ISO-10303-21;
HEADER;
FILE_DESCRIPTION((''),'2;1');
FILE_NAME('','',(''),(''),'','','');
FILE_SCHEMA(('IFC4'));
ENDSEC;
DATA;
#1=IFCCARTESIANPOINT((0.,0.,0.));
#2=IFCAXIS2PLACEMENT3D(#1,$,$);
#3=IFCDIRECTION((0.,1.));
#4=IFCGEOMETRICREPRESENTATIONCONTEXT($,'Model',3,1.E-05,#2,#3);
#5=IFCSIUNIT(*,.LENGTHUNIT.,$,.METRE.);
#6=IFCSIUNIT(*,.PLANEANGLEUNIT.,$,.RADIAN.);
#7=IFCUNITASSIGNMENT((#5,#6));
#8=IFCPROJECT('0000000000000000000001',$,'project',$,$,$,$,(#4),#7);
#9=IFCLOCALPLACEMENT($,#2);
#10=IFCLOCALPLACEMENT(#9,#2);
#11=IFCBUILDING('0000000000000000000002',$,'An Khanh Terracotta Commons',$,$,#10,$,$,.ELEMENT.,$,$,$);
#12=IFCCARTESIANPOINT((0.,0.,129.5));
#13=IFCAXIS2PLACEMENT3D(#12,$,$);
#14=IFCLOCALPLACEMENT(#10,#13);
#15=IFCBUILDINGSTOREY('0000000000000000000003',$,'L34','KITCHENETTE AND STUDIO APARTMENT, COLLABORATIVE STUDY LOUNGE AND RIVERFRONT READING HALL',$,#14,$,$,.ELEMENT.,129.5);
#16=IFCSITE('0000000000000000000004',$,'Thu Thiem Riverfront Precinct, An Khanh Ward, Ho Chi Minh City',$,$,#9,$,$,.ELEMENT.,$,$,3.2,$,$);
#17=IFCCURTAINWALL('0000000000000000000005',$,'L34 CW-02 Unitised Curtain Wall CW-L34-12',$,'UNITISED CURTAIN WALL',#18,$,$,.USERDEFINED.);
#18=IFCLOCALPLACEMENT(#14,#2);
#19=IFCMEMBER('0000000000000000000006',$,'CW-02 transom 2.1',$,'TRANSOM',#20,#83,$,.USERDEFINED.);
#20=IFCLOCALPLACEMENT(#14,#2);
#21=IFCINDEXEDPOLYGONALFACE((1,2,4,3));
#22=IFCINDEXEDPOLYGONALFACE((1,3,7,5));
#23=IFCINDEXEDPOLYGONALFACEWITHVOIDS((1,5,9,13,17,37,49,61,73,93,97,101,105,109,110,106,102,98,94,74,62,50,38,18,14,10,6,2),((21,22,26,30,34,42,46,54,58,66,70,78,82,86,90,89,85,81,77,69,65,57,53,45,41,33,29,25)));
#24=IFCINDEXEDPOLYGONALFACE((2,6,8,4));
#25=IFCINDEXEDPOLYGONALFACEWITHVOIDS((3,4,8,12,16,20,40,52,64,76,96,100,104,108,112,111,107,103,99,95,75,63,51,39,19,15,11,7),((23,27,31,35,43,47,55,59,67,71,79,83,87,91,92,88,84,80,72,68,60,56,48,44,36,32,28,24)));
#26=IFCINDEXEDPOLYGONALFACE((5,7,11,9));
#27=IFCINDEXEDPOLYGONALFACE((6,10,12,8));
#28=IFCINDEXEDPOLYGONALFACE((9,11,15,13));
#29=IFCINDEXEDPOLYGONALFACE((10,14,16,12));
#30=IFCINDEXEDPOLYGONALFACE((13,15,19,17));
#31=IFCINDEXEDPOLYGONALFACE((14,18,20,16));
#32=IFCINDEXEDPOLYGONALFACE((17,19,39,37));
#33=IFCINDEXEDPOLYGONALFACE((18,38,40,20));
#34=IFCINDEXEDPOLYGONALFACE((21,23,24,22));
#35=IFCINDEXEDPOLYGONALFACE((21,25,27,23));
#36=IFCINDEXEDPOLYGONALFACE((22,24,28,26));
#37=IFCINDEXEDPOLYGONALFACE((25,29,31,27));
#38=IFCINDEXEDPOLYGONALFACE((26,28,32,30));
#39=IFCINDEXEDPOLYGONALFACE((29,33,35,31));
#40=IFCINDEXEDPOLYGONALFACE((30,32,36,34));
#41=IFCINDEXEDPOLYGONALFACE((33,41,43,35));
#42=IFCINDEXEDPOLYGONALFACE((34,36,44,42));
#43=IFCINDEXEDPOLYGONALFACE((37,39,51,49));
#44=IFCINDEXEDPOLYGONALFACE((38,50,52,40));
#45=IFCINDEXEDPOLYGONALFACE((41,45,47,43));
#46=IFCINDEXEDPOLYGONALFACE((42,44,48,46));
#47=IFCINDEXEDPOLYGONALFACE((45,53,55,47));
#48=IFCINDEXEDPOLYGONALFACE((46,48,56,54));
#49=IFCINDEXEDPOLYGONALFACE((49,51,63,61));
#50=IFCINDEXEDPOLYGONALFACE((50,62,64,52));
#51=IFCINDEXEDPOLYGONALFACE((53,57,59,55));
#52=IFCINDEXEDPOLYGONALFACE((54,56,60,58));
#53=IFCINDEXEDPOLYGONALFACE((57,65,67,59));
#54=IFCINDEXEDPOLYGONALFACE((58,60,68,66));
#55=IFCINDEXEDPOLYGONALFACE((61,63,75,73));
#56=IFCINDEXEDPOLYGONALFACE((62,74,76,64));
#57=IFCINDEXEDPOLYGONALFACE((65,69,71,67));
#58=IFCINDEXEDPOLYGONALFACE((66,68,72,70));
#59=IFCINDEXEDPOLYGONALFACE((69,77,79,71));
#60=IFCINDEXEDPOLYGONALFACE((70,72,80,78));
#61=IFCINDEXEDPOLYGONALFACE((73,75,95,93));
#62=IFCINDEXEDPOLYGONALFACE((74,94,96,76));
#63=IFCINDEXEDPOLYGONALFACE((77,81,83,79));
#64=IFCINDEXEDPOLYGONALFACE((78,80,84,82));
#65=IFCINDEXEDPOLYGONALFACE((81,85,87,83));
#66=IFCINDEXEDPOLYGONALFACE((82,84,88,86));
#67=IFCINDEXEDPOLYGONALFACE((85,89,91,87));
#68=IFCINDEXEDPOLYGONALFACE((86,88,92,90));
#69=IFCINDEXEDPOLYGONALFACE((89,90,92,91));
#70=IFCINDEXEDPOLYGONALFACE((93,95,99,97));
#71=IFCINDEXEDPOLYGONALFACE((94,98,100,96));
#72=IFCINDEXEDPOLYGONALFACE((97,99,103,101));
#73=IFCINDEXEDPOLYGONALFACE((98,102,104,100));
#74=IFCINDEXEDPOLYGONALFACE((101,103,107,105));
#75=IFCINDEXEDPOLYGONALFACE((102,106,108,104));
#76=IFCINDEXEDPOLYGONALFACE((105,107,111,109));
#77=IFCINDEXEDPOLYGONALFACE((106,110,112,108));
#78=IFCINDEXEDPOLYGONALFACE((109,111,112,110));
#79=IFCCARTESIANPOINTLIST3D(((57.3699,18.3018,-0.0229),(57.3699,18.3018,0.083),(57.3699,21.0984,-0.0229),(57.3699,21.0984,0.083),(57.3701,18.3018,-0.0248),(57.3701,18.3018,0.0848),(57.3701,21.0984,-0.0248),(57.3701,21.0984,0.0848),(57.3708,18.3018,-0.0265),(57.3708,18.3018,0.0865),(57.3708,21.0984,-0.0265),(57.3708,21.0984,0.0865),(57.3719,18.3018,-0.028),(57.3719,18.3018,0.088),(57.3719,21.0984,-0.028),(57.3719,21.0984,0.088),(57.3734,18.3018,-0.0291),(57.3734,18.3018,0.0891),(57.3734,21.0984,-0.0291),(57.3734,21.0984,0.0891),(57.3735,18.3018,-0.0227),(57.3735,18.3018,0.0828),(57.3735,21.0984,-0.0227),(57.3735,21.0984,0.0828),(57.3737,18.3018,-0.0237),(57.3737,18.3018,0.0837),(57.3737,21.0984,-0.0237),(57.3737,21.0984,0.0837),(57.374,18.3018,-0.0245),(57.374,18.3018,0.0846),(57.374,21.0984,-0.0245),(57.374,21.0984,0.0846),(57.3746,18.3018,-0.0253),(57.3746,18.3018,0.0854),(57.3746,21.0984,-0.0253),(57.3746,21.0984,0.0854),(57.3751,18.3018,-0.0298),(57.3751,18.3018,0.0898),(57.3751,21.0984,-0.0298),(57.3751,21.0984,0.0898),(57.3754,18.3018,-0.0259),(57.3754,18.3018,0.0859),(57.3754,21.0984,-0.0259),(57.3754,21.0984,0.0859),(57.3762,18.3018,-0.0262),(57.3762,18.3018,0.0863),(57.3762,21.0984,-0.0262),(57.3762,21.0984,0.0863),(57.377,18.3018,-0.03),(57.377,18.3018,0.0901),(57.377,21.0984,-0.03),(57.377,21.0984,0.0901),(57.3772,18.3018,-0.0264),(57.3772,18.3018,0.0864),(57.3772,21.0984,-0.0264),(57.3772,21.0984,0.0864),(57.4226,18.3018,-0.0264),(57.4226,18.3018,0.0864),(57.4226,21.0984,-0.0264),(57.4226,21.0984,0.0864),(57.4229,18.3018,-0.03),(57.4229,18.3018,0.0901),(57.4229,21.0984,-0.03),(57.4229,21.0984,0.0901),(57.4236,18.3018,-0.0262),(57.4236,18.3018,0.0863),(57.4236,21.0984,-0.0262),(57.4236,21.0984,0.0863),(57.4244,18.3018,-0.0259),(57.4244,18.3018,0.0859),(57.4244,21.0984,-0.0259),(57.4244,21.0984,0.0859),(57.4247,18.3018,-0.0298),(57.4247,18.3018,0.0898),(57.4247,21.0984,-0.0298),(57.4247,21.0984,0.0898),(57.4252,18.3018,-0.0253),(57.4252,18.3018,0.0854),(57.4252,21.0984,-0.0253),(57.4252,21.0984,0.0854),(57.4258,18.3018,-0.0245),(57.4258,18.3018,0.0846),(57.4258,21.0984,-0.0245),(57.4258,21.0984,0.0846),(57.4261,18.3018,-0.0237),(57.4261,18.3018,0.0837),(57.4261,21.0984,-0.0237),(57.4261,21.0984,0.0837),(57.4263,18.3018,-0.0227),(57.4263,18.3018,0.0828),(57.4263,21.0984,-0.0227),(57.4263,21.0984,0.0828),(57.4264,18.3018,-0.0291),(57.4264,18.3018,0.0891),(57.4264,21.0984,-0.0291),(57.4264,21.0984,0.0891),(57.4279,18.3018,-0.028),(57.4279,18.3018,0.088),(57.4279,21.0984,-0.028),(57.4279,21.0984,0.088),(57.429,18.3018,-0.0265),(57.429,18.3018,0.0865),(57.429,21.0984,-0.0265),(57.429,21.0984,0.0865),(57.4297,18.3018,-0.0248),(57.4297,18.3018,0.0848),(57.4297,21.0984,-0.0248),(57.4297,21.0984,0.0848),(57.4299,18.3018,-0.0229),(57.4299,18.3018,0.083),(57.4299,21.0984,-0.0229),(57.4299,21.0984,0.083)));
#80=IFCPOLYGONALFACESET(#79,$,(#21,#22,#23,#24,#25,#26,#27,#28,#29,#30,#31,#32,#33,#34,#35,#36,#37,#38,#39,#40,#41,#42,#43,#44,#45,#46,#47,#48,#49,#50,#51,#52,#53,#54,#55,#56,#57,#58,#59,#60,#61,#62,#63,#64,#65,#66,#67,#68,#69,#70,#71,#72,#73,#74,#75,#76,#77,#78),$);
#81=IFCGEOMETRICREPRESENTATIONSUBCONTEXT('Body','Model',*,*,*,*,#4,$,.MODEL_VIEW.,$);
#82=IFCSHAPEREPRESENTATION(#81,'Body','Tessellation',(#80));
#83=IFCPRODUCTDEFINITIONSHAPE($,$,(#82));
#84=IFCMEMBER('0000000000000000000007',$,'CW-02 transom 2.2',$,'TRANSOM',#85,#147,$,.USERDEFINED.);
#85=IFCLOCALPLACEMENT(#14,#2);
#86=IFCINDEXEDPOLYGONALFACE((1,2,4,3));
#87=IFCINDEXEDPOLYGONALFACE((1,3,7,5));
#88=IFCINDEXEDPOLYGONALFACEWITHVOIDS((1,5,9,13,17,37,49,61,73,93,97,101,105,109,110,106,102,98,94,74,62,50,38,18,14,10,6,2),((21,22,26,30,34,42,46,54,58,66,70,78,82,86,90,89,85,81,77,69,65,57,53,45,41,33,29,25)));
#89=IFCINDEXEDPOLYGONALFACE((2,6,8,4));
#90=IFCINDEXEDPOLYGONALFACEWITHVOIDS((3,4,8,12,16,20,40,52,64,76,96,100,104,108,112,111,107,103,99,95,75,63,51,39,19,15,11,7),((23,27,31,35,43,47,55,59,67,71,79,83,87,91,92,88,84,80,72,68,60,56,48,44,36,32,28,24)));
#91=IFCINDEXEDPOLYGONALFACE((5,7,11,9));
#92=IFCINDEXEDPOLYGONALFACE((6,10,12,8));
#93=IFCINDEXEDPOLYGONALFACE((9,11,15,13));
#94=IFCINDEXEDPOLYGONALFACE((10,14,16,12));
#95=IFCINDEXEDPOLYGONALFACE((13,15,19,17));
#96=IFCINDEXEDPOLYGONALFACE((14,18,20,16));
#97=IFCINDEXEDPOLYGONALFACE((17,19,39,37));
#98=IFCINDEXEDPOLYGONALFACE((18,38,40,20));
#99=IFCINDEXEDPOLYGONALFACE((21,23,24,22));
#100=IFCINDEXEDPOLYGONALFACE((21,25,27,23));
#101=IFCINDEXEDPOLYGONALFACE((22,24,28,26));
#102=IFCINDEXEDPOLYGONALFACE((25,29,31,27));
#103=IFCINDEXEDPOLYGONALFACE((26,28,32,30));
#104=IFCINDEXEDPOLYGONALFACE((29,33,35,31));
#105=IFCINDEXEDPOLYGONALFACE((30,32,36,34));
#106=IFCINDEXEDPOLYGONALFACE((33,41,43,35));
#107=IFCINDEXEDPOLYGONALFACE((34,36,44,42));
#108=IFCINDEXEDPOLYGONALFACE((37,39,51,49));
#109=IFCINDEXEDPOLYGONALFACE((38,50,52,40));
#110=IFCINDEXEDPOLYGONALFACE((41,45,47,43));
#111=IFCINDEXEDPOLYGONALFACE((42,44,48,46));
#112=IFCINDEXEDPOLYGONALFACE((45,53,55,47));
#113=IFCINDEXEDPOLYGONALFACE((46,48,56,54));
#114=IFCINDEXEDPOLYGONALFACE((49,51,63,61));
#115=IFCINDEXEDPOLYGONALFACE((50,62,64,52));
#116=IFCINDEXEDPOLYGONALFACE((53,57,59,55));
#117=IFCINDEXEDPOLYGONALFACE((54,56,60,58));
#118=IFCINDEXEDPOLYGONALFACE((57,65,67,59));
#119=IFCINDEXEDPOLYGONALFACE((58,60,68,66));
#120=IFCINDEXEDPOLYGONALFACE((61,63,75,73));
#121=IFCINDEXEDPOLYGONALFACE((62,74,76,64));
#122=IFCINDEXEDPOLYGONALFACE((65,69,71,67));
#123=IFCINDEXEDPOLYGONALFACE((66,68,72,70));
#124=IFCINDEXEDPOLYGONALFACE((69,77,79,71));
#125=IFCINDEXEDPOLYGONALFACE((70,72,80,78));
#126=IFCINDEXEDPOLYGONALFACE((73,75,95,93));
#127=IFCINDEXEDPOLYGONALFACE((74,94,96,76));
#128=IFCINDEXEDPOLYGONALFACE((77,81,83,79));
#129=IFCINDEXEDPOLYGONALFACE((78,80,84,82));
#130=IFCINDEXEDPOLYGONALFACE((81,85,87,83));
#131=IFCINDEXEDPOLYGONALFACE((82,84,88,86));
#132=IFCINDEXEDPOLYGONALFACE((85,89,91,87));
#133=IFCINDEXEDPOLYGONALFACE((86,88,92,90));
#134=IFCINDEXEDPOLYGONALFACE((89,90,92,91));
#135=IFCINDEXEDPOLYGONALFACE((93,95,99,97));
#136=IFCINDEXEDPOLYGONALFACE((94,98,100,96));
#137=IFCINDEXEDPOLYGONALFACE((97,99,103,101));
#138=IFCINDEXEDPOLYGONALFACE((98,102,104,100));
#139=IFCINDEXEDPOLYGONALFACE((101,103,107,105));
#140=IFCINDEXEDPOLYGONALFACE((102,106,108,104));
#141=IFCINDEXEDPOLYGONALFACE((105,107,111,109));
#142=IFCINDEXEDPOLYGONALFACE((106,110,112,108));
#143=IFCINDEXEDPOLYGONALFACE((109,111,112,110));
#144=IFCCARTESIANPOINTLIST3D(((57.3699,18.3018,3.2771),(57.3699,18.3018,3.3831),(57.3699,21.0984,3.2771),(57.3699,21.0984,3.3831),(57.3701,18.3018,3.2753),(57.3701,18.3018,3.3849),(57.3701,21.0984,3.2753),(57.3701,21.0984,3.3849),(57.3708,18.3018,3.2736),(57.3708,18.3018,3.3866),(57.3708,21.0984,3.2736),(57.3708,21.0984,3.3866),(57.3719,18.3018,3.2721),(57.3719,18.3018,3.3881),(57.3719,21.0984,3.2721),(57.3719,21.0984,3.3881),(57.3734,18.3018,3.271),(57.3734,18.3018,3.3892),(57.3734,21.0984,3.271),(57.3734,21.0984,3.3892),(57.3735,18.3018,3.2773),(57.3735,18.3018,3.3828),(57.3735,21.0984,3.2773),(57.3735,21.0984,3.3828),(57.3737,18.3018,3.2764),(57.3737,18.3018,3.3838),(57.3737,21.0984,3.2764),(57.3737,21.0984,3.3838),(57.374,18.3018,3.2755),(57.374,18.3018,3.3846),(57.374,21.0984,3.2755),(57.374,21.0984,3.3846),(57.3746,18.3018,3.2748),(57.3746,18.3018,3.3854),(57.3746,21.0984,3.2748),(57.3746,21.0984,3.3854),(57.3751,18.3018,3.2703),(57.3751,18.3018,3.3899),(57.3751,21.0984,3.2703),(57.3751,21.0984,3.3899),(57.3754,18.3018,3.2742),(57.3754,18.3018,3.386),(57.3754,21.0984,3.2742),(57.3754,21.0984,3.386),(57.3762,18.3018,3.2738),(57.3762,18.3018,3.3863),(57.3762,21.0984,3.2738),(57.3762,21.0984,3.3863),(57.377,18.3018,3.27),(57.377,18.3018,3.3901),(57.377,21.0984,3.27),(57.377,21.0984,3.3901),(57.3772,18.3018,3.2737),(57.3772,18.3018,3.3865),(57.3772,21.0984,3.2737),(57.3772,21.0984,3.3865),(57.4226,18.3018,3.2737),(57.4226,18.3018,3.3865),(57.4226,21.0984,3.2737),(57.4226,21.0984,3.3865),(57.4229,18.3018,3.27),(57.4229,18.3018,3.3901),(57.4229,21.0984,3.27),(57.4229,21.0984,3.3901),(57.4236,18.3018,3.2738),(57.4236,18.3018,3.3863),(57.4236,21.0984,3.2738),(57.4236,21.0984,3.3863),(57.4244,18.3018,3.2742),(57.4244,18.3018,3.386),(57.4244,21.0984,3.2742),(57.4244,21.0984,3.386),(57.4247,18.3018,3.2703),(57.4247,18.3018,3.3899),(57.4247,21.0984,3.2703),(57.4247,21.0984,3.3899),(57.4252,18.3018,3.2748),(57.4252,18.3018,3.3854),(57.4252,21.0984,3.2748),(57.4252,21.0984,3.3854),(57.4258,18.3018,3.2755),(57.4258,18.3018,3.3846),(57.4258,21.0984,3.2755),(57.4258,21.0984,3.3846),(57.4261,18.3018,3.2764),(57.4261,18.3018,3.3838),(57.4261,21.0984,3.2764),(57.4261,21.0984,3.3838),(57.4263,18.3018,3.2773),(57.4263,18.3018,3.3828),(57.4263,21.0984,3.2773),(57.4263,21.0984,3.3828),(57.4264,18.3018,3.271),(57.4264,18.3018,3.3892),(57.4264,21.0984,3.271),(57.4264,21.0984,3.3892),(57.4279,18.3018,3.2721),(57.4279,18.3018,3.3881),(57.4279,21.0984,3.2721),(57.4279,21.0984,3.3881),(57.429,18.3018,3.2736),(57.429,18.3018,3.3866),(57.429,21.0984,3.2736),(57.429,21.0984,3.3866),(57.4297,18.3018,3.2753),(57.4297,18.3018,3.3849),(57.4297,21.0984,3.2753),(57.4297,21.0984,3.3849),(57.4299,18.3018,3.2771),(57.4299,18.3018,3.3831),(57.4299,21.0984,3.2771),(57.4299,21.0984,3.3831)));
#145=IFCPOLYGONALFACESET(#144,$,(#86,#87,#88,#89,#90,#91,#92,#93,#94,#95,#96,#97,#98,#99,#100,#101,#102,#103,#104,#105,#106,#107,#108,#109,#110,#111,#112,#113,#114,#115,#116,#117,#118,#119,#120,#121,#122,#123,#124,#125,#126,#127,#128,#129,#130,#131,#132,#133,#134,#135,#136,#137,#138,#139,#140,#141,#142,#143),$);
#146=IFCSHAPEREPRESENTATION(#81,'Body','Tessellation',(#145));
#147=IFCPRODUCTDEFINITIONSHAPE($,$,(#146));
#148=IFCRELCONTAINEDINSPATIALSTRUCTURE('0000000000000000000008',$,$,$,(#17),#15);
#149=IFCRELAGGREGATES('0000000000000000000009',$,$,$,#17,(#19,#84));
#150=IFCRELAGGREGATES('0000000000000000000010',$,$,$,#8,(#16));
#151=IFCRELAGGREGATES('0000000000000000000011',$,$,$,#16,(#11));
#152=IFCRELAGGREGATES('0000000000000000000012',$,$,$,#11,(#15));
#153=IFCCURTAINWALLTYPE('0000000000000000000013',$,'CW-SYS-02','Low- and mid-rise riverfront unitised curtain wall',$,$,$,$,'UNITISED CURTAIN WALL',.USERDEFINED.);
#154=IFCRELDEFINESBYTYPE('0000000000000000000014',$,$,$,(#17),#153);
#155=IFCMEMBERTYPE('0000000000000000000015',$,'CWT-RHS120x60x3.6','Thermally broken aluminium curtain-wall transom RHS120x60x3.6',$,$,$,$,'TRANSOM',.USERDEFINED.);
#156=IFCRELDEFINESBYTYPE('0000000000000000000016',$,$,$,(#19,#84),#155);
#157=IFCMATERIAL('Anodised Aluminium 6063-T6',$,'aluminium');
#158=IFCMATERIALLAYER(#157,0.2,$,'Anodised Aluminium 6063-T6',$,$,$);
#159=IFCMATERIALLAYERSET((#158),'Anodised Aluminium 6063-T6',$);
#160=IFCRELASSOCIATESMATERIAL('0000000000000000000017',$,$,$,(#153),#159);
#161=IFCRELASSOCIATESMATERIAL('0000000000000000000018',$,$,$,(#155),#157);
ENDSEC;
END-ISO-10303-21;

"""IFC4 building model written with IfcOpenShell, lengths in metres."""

from ifc_helpers import new_model, si_unit, direction, frame, origin, origin_2d, place, context, subcontext, project, spatial, hollow_rectangle, extrude, material, layer, layer_set, material_profile, profile_set, type_object, element, aggregate, save


model = new_model("IFC4")

# Units and contexts
model_context = context("Model", 3, precision=1e-05, world=origin(), true_north=direction((0.0, 1.0)))
body_context = subcontext(model_context, "Body", "Model", "MODEL_VIEW")
ifc_project = project(units=[si_unit("LENGTHUNIT", "METRE"), si_unit("PLANEANGLEUNIT", "RADIAN")], contexts=[model_context])

# Site, building, storey
site_placement = place(None, origin())
site = spatial("IfcSite", under=ifc_project, at=site_placement, Name="Thu Thiem Riverfront Precinct, An Khanh Ward, Ho Chi Minh City", CompositionType="ELEMENT", RefElevation=3.2)
building_placement = place(site_placement, origin())
building = spatial("IfcBuilding", under=site, at=building_placement, Name="An Khanh Terracotta Commons", CompositionType="ELEMENT")
storey_placement = place(building_placement, frame((0.0, 0.0, 129.5)))
storey = spatial("IfcBuildingStorey", under=building, at=storey_placement, Name="L34", Description="KITCHENETTE AND STUDIO APARTMENT, COLLABORATIVE STUDY LOUNGE AND RIVERFRONT READING HALL", CompositionType="ELEMENT", Elevation=129.5)

# Curtain wall
ifc_material_1 = material(Name="Anodised Aluminium 6063-T6", Category="aluminium")
ifc_layer_1 = layer(ifc_material_1, 0.2, Name="Anodised Aluminium 6063-T6")
ifc_layer_set_1 = layer_set([ifc_layer_1], Name="Anodised Aluminium 6063-T6")
curtain_wall_type = type_object("IfcCurtainWallType", Name="CW-SYS-02", Description="Low- and mid-rise riverfront unitised curtain wall", ElementType="UNITISED CURTAIN WALL", PredefinedType="USERDEFINED", material=ifc_layer_set_1)
curtain_wall_1_placement = place(storey_placement, origin())
curtain_wall_1 = element("IfcCurtainWall", 1, at=curtain_wall_1_placement, inside=storey, type_object=curtain_wall_type, Name="L34 CW-02 Unitised Curtain Wall CW-L34-12", ObjectType="UNITISED CURTAIN WALL", PredefinedType="USERDEFINED")

# Members
ifc_material_profile_1 = material_profile(ifc_material_1, hollow_rectangle(XDim=0.0601, YDim=0.1201, WallThickness=0.0037, InnerFilletRadius=0.0037, OuterFilletRadius=0.0071, at=origin_2d()), Name="RHS120x60x3.6")
ifc_profile_set_1 = profile_set([ifc_material_profile_1], Name="Anodised Aluminium 6063-T6")
member_type_1 = type_object("IfcMemberType", Name="CWT-RHS120x60x3.6", Description="Thermally broken aluminium curtain-wall transom RHS120x60x3.6", ElementType="TRANSOM", PredefinedType="USERDEFINED", material=ifc_profile_set_1)
member_1_placement = place(storey_placement, frame((57.3999, 18.3018, 0.03), z_axis=(0.0, 1.0, 0.0), x_axis=(-1.0, 0.0, 0.0)))
member_1 = element("IfcMember", 2, at=member_1_placement, type_object=member_type_1, Name="CW-02 transom 2.1", ObjectType="TRANSOM", PredefinedType="USERDEFINED", context=body_context, shape_type="SweptSolid", body=[
    extrude(hollow_rectangle(XDim=0.0601, YDim=0.1201, WallThickness=0.0037, InnerFilletRadius=0.0037, OuterFilletRadius=0.0071, at=origin_2d()), origin(), (0.0, 0.0, 1.0), 2.7966),
])
member_2_placement = place(storey_placement, frame((57.3999, 18.3018, 3.3301), z_axis=(0.0, 1.0, 0.0), x_axis=(-1.0, 0.0, 0.0)))
member_2 = element("IfcMember", 3, at=member_2_placement, type_object=member_type_1, Name="CW-02 transom 2.2", ObjectType="TRANSOM", PredefinedType="USERDEFINED", context=body_context, shape_type="SweptSolid", body=[
    extrude(hollow_rectangle(XDim=0.0601, YDim=0.1201, WallThickness=0.0037, InnerFilletRadius=0.0037, OuterFilletRadius=0.0071, at=origin_2d()), origin(), (0.0, 0.0, 1.0), 2.7966),
])

aggregate(curtain_wall_1, [member_1, member_2])

save(model, "model.ifc")
